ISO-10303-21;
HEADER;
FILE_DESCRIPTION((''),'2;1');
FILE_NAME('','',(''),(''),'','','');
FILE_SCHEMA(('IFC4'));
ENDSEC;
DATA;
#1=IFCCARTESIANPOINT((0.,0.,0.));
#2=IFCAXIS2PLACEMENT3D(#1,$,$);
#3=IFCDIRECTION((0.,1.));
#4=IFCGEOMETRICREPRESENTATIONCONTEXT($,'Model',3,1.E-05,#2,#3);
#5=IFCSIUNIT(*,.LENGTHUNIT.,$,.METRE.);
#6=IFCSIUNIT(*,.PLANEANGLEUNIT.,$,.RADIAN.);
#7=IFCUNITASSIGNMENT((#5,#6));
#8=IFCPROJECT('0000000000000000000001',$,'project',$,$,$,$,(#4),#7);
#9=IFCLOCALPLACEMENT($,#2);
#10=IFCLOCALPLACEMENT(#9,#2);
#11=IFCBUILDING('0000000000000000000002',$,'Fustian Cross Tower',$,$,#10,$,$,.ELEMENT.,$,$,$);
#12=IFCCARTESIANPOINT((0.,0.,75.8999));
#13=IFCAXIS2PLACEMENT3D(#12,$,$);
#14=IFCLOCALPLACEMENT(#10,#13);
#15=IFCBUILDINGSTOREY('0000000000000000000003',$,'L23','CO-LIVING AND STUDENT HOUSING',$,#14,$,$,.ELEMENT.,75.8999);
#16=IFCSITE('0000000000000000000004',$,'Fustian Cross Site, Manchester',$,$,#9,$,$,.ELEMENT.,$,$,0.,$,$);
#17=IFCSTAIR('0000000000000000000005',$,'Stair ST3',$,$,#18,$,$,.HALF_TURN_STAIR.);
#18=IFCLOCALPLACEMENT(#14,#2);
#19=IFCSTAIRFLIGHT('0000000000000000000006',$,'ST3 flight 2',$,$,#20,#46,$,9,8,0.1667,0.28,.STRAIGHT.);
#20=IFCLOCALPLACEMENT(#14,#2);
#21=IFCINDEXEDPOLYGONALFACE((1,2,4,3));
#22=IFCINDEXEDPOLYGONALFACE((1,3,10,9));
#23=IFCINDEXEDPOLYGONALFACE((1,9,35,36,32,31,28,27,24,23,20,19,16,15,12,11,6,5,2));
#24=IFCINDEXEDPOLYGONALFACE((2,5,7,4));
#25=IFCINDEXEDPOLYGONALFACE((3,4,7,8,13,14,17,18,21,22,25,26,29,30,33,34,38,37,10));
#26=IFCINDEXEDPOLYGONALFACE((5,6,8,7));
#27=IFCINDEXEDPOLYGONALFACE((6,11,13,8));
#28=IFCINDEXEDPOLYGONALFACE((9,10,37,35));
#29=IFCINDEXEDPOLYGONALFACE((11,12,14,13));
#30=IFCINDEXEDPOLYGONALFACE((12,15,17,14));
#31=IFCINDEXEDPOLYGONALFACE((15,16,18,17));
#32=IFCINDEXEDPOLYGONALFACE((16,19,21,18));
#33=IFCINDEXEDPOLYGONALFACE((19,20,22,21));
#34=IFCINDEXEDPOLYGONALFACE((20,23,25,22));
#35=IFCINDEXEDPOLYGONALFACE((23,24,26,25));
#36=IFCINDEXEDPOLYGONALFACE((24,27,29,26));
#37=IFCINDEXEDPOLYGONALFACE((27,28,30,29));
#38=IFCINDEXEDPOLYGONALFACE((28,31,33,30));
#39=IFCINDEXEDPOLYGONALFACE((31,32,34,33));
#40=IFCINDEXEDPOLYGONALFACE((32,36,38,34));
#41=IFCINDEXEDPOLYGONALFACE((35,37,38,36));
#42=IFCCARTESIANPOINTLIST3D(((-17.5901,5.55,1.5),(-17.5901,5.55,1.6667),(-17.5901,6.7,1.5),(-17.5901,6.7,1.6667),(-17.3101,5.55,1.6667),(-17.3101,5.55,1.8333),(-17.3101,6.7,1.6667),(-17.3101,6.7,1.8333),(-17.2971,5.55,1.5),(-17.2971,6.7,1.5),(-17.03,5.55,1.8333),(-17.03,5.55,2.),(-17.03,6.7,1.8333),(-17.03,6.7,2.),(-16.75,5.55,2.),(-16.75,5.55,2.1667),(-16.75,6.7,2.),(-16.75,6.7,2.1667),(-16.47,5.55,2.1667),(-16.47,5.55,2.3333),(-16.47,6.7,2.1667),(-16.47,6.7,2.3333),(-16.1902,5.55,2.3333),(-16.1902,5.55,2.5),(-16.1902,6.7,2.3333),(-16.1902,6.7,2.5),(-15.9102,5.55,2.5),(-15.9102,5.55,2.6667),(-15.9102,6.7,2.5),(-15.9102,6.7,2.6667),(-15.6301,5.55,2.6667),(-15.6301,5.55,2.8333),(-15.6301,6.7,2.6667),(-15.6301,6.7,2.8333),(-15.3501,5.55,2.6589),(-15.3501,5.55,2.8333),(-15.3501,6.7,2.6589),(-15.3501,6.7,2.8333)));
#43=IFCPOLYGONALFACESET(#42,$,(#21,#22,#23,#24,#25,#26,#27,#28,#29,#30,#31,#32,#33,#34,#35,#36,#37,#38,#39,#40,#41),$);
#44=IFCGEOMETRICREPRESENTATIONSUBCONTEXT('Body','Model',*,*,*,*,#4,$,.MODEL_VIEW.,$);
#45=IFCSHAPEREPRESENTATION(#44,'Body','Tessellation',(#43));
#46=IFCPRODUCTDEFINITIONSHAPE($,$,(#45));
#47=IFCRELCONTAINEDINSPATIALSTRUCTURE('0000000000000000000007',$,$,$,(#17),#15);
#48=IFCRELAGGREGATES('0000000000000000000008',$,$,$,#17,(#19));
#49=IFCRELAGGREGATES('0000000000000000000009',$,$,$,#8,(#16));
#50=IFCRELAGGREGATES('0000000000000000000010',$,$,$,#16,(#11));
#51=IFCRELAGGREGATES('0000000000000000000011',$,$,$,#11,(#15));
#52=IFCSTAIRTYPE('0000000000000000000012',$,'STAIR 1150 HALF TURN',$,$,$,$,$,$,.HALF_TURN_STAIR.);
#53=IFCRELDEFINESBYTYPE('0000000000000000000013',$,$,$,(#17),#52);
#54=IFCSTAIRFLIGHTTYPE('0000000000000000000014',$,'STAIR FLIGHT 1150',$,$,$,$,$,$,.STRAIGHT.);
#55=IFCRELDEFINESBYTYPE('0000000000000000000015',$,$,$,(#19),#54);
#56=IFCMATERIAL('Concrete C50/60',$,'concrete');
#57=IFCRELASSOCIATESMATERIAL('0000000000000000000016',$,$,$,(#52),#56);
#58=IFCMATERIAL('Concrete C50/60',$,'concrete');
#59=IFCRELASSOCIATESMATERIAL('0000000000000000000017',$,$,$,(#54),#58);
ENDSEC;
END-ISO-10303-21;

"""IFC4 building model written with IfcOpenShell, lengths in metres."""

from ifc_helpers import new_model, si_unit, direction, frame, origin, place, context, subcontext, project, spatial, polyline, outline, extrude, material, type_object, element, aggregate, save


model = new_model("IFC4")

# Units and contexts
model_context = context("Model", 3, precision=1e-05, world=origin(), true_north=direction((0.0, 1.0)))
body_context = subcontext(model_context, "Body", "Model", "MODEL_VIEW")
ifc_project = project(units=[si_unit("LENGTHUNIT", "METRE"), si_unit("PLANEANGLEUNIT", "RADIAN")], contexts=[model_context])

# Site, building, storey
site_placement = place(None, origin())
site = spatial("IfcSite", under=ifc_project, at=site_placement, Name="Fustian Cross Site, Manchester", CompositionType="ELEMENT", RefElevation=0.0)
building_placement = place(site_placement, origin())
building = spatial("IfcBuilding", under=site, at=building_placement, Name="Fustian Cross Tower", CompositionType="ELEMENT")
storey_placement = place(building_placement, frame((0.0, 0.0, 75.8999)))
storey = spatial("IfcBuildingStorey", under=building, at=storey_placement, Name="L23", Description="CO-LIVING AND STUDENT HOUSING", CompositionType="ELEMENT", Elevation=75.8999)

# Stair, stair flight
ifc_material_1 = material(Name="Concrete C50/60", Category="concrete")
stair_type = type_object("IfcStairType", Name="STAIR 1150 HALF TURN", PredefinedType="HALF_TURN_STAIR", material=ifc_material_1)
stair_placement = place(storey_placement, origin())
stair = element("IfcStair", 1, at=stair_placement, inside=storey, type_object=stair_type, Name="Stair ST3", PredefinedType="HALF_TURN_STAIR")
ifc_material_2 = material(Name="Concrete C50/60", Category="concrete")
stair_flight_type = type_object("IfcStairFlightType", Name="STAIR FLIGHT 1150", PredefinedType="STRAIGHT", material=ifc_material_2)
stair_flight_1_placement = place(storey_placement, frame((-17.5901, 6.125, 1.5), z_axis=(0.0, 0.0, 1.0), x_axis=(1.0, 0.0, 0.0)))
stair_flight_1 = element("IfcStairFlight", 2, at=stair_flight_1_placement, type_object=stair_flight_type, Name="ST3 flight 2", NumberOfRisers=9, NumberOfTreads=8, PredefinedType="STRAIGHT", RiserHeight=0.1667, TreadLength=0.28, context=body_context, shape_type="SweptSolid", body=[
    extrude(outline(polyline([(0.0, 0.0), (0.0, 0.1667), (0.28, 0.1667), (0.28, 0.3333), (0.5601, 0.3333), (0.5601, 0.5), (0.8401, 0.5), (0.8401, 0.6667), (1.1201, 0.6667), (1.1201, 0.8333), (1.3999, 0.8333), (1.3999, 1.0), (1.6799, 1.0), (1.6799, 1.1667), (1.96, 1.1667), (1.96, 1.3333), (2.24, 1.3333), (2.24, 1.5), (2.24, 1.1589), (0.293, 0.0), (0.0, 0.0)])), frame((0.0, 0.575, 0.0), z_axis=(0.0, -1.0, 0.0), x_axis=(1.0, 0.0, 0.0)), (0.0, 0.0, 1.0), 1.1499),
])
aggregate(stair, [stair_flight_1])

save(model, "model.ifc")
